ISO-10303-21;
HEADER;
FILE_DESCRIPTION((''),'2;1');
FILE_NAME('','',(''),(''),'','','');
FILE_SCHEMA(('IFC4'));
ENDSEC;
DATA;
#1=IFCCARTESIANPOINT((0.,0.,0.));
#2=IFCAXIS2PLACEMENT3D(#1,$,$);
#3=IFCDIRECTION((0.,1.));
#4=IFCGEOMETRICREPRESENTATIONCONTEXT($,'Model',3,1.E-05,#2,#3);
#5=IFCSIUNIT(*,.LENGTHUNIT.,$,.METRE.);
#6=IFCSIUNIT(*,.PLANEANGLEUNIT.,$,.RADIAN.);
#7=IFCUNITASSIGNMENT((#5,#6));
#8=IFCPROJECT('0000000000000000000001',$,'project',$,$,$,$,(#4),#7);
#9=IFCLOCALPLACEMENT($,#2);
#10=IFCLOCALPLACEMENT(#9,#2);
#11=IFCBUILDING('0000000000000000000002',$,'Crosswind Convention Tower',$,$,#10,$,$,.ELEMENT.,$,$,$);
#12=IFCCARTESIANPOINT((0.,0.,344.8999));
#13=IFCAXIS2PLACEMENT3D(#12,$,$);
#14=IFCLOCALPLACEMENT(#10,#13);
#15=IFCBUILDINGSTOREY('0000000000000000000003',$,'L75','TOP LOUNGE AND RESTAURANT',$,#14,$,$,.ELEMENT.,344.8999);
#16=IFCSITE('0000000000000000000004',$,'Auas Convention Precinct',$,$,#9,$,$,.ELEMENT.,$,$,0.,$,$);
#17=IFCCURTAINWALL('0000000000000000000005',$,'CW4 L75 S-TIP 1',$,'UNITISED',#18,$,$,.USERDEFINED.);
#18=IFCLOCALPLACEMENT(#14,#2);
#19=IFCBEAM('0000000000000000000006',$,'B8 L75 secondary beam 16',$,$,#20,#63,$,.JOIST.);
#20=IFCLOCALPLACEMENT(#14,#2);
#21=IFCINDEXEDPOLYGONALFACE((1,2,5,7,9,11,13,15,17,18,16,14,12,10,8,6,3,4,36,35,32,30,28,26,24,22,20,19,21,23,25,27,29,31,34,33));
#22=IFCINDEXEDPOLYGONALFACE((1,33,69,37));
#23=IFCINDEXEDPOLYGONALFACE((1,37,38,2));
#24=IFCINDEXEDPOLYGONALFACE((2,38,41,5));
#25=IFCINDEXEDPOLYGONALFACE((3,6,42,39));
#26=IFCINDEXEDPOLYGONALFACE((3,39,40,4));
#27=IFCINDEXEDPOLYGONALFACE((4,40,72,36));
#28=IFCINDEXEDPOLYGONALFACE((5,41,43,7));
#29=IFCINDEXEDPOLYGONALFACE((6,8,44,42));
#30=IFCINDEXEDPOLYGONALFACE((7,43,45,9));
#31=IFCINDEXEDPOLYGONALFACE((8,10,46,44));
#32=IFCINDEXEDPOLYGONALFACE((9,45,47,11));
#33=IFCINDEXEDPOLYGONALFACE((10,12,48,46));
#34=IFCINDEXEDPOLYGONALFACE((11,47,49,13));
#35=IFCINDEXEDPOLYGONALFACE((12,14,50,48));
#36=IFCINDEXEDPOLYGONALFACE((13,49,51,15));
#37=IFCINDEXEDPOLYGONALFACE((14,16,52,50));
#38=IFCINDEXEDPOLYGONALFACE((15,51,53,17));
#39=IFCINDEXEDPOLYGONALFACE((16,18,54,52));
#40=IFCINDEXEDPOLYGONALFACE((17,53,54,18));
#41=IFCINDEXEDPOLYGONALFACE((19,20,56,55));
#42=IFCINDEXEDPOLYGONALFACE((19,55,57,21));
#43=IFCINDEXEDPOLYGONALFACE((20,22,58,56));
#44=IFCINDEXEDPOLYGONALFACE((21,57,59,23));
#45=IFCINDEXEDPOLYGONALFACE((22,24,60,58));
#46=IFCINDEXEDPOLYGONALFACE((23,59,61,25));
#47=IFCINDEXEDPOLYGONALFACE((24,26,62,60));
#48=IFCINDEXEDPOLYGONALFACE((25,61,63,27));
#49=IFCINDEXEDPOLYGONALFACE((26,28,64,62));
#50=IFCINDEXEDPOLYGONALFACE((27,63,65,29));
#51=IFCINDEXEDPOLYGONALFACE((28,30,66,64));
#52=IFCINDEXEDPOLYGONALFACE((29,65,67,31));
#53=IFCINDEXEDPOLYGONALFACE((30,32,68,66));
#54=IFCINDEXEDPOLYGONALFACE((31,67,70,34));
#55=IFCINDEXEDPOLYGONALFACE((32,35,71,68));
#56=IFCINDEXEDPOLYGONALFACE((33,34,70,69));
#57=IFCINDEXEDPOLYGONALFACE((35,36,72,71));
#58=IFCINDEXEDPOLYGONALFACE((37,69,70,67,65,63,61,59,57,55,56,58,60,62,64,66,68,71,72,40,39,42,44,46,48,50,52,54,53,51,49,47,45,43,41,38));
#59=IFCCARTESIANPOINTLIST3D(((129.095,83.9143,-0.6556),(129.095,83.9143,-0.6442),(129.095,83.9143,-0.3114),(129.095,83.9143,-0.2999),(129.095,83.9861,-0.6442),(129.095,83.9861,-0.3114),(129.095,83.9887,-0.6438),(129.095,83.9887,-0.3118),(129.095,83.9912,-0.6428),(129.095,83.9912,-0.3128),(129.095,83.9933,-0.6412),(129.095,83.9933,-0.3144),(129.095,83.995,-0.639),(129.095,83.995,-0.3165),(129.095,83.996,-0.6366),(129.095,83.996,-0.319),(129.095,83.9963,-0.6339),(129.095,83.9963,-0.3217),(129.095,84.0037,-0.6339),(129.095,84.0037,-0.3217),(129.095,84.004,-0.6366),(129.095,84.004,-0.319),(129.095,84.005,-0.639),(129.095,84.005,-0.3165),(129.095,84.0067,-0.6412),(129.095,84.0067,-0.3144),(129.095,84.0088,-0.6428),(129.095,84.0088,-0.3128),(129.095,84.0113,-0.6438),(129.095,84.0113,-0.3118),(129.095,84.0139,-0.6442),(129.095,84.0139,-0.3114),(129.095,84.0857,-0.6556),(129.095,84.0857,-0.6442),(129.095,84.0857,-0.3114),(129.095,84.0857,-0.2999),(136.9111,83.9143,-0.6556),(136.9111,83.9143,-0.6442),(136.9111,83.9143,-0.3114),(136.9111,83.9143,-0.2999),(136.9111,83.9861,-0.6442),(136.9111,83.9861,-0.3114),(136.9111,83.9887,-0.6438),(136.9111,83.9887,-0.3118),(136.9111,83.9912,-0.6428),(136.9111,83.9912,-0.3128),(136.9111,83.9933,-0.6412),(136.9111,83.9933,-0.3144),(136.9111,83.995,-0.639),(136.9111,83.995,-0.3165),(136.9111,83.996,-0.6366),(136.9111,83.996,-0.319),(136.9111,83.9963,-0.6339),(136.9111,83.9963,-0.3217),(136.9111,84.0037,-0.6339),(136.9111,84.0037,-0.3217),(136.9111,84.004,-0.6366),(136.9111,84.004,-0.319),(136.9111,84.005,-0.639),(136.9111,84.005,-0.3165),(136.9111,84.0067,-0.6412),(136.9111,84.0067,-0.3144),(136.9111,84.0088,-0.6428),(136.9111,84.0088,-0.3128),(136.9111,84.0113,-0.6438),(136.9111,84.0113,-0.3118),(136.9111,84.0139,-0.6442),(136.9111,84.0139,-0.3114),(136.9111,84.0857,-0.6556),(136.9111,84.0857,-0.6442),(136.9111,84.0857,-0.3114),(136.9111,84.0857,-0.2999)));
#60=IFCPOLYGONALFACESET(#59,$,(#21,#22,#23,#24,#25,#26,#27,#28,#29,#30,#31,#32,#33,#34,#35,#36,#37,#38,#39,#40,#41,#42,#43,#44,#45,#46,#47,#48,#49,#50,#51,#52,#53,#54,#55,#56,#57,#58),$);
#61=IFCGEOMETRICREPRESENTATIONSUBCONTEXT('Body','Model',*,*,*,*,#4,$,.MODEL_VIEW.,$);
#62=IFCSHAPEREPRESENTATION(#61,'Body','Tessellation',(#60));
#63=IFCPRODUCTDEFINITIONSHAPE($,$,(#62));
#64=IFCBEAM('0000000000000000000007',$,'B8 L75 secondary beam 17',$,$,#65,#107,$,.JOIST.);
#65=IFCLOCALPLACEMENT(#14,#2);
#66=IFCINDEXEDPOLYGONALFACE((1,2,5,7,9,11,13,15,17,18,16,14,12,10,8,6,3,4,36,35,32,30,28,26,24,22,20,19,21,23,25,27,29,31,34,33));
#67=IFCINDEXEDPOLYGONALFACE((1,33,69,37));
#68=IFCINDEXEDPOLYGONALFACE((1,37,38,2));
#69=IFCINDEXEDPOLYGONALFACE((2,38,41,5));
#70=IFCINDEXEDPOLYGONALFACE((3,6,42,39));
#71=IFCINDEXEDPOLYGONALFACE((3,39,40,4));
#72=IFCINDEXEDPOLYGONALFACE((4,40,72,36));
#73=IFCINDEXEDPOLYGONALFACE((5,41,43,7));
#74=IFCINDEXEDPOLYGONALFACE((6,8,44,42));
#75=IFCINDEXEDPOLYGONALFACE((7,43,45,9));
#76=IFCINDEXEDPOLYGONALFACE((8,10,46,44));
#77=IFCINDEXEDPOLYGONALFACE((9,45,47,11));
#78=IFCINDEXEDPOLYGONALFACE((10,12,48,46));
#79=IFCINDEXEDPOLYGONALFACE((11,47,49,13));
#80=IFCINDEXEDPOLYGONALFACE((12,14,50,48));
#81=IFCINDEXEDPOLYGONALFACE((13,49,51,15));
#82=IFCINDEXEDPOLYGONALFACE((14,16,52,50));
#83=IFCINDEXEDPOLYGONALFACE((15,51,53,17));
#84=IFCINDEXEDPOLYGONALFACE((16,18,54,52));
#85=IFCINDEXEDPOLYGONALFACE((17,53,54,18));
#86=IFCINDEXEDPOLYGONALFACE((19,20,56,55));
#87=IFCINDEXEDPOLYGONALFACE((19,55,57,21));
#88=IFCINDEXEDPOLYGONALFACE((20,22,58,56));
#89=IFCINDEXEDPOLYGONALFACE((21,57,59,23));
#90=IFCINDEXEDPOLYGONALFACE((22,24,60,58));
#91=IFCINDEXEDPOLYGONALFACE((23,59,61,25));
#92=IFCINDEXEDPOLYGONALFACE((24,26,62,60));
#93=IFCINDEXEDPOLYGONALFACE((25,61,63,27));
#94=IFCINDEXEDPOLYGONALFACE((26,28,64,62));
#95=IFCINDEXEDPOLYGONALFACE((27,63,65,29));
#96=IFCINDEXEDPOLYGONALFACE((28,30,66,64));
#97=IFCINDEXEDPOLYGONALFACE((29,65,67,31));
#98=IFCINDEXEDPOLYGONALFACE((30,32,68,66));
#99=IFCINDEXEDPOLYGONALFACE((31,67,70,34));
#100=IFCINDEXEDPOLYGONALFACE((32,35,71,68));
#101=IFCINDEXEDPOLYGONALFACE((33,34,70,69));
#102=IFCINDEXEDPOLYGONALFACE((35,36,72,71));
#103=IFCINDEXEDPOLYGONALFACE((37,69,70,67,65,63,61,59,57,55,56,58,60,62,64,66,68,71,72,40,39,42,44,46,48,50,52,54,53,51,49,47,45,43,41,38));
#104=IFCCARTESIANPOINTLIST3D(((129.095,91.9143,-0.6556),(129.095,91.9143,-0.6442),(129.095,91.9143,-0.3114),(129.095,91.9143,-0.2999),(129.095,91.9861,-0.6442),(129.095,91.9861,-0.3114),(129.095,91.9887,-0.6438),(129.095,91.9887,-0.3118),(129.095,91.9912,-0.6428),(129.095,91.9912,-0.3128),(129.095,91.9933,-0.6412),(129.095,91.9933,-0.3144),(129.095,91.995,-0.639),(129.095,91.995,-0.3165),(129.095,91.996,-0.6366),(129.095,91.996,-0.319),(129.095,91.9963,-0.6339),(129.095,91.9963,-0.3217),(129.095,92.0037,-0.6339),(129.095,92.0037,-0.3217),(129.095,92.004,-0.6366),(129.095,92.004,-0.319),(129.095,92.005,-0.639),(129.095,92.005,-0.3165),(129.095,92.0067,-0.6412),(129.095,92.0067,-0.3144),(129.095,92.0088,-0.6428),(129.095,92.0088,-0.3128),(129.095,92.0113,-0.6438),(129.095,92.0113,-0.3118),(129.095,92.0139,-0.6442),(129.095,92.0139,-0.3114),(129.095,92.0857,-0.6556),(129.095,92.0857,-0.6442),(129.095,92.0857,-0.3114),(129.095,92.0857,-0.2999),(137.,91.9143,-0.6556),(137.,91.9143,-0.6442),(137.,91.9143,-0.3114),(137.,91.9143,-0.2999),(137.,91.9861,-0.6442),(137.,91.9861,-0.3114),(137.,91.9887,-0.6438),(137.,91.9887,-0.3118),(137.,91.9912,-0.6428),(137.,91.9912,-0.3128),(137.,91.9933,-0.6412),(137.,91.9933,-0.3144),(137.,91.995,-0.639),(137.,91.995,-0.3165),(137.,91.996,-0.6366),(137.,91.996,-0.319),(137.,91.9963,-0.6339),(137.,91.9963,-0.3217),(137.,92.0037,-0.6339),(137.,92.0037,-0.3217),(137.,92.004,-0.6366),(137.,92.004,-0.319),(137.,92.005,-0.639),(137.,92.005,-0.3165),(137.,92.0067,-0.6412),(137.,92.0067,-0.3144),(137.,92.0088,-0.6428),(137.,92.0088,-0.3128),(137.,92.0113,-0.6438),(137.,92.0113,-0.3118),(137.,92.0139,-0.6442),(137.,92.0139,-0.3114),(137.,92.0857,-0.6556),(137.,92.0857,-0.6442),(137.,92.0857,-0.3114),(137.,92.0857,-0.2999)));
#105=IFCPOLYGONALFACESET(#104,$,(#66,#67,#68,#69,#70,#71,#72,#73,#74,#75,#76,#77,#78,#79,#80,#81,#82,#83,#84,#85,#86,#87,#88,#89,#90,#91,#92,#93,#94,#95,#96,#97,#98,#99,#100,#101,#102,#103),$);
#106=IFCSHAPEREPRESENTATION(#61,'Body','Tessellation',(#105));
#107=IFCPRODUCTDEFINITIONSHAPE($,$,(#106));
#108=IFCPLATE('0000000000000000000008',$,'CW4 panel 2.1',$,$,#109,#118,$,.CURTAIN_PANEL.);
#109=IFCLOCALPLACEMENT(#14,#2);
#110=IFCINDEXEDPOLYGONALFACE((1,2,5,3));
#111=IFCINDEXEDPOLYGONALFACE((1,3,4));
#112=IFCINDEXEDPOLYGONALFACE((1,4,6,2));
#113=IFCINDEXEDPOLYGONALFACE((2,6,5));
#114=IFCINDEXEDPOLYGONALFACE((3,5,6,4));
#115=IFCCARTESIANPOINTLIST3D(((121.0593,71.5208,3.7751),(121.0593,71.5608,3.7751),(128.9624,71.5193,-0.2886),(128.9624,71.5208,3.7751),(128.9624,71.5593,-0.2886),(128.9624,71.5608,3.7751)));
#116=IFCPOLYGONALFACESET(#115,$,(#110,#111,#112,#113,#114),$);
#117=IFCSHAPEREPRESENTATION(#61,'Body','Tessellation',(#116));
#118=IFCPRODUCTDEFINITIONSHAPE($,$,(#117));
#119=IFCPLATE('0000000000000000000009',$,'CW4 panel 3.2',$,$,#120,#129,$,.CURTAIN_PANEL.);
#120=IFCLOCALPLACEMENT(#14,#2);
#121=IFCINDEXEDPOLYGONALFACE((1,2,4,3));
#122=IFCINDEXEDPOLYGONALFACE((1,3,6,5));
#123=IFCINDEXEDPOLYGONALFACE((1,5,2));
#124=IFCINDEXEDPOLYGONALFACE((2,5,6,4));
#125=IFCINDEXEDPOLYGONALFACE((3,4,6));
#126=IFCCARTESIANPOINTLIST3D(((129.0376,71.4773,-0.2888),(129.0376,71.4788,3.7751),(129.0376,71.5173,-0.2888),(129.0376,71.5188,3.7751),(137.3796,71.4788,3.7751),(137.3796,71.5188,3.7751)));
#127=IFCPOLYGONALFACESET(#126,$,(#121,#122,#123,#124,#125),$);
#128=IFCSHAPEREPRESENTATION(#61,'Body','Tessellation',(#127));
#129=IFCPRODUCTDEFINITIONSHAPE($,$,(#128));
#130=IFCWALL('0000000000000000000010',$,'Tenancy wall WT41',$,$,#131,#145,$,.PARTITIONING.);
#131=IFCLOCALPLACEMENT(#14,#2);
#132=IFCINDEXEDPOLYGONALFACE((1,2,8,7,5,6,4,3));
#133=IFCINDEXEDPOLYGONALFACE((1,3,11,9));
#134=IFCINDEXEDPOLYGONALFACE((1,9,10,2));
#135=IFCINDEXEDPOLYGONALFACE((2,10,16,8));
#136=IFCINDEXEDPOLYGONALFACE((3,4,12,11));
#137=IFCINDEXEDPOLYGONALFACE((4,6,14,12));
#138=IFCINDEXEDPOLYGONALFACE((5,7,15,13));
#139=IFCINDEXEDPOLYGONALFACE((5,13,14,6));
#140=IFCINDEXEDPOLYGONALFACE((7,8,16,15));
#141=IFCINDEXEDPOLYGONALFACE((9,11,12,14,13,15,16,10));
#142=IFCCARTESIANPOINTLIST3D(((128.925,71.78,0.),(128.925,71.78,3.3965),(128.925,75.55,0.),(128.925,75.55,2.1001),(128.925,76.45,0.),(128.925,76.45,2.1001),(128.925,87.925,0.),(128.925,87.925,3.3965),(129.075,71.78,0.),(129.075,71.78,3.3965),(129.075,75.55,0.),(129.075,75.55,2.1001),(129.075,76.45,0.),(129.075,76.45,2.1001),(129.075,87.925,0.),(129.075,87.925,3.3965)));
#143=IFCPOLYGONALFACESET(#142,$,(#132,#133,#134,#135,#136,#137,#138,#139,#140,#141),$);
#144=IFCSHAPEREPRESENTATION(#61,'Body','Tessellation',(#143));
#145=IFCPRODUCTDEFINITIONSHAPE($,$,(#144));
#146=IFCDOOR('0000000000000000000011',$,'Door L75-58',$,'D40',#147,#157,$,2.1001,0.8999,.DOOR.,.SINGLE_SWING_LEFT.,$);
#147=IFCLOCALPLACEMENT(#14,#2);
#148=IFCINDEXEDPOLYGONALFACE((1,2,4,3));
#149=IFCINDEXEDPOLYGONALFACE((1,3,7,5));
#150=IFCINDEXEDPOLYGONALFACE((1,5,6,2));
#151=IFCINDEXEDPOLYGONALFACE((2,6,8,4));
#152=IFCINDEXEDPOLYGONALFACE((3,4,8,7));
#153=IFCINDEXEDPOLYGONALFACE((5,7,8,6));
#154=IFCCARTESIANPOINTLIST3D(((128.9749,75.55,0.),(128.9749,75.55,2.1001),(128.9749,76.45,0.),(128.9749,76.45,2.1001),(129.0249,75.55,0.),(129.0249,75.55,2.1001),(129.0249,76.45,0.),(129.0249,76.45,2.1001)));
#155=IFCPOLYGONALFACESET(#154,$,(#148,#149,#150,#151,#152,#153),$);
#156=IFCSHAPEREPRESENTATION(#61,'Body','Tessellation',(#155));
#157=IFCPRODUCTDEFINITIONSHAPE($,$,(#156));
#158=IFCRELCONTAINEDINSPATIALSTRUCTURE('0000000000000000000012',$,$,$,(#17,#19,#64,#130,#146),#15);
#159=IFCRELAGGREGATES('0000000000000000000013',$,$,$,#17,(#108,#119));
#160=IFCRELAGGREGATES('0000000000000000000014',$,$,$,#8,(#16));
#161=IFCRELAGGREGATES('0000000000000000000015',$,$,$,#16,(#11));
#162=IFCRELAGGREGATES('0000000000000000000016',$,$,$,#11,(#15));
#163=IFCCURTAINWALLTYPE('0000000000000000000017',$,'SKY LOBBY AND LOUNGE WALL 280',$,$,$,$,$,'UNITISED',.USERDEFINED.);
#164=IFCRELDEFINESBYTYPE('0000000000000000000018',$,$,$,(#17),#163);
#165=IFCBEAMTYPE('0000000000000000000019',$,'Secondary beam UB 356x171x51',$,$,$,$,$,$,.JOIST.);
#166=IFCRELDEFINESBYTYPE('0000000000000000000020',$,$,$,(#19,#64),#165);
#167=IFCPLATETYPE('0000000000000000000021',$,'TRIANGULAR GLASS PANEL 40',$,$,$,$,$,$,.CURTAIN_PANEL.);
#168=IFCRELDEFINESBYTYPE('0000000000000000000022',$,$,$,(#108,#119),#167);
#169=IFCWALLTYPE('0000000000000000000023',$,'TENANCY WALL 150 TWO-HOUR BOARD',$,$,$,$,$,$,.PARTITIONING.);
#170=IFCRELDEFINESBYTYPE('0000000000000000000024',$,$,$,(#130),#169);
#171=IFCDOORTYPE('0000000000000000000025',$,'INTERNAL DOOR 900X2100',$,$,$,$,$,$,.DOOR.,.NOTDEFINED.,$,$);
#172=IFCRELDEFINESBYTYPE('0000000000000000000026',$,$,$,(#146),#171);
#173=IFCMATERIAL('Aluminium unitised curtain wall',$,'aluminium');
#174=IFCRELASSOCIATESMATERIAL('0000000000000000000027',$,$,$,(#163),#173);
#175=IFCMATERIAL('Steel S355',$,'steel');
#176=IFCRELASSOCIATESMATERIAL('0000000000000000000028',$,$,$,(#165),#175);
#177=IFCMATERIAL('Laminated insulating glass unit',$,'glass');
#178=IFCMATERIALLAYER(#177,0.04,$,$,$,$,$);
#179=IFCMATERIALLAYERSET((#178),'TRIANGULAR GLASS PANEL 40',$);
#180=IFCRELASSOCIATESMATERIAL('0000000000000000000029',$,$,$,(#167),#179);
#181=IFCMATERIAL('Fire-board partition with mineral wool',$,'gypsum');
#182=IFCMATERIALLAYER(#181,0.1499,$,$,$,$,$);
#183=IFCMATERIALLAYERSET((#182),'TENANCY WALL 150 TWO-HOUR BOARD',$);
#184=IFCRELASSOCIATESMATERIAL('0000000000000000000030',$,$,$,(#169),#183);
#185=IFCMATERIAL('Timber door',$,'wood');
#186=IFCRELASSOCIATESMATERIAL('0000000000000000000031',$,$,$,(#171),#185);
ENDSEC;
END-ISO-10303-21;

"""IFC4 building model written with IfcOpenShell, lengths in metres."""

from ifc_helpers import new_model, si_unit, direction, frame, frame_2d, origin, origin_2d, place, context, subcontext, project, spatial, polyline, rectangle, i_section, outline, extrude, material, layer, layer_set, material_profile, profile_set, type_object, element, fill, aggregate, save


model = new_model("IFC4")

# Units and contexts
model_context = context("Model", 3, precision=1e-05, world=origin(), true_north=direction((0.0, 1.0)))
body_context = subcontext(model_context, "Body", "Model", "MODEL_VIEW")
ifc_project = project(units=[si_unit("LENGTHUNIT", "METRE"), si_unit("PLANEANGLEUNIT", "RADIAN")], contexts=[model_context])

# Site, building, storey
site_placement = place(None, origin())
site = spatial("IfcSite", under=ifc_project, at=site_placement, Name="Auas Convention Precinct", CompositionType="ELEMENT", RefElevation=0.0)
building_placement = place(site_placement, origin())
building = spatial("IfcBuilding", under=site, at=building_placement, Name="Crosswind Convention Tower", CompositionType="ELEMENT")
storey_placement = place(building_placement, frame((0.0, 0.0, 344.8999)))
storey = spatial("IfcBuildingStorey", under=building, at=storey_placement, Name="L75", Description="TOP LOUNGE AND RESTAURANT", CompositionType="ELEMENT", Elevation=344.8999)

# Shared definitions
ifc_material_1 = material(Name="Steel S355", Category="steel")

# Curtain wall
ifc_material_2 = material(Name="Aluminium unitised curtain wall", Category="aluminium")
curtain_wall_type = type_object("IfcCurtainWallType", Name="SKY LOBBY AND LOUNGE WALL 280", ElementType="UNITISED", PredefinedType="USERDEFINED", material=ifc_material_2)
curtain_wall_placement = place(storey_placement, origin())
curtain_wall = element("IfcCurtainWall", 1, at=curtain_wall_placement, inside=storey, type_object=curtain_wall_type, Name="CW4 L75 S-TIP 1", ObjectType="UNITISED", PredefinedType="USERDEFINED")

# Beams
ifc_material_profile_1 = material_profile(ifc_material_1, i_section(OverallWidth=0.1714, OverallDepth=0.3557, WebThickness=0.0073, FlangeThickness=0.0115, FilletRadius=0.0103, at=origin_2d()), Name="UB 356x171x51")
ifc_profile_set_1 = profile_set([ifc_material_profile_1], Name="Steel S355")
beam_type_1 = type_object("IfcBeamType", Name="Secondary beam UB 356x171x51", PredefinedType="JOIST", material=ifc_profile_set_1)
for number, where, z_axis, x_axis, name in (
    (2, (129.095, 84.0, -0.4778), (1.0, 0.0, 0.0), (0.0, 1.0, 0.0), "B8 L75 secondary beam 16"),
):
    element("IfcBeam", number, at=place(storey_placement, frame(where, z_axis=z_axis, x_axis=x_axis)), inside=storey, type_object=beam_type_1, Name=name, PredefinedType="JOIST", context=body_context, shape_type="SweptSolid", body=[
        extrude(i_section(OverallWidth=0.1714, OverallDepth=0.3557, WebThickness=0.0073, FlangeThickness=0.0115, FilletRadius=0.0103, at=origin_2d()), origin(), (0.0, 0.0, 1.0), 7.8162),
    ])
beam_1_placement = place(storey_placement, frame((129.095, 92.0, -0.4778), z_axis=(1.0, 0.0, 0.0), x_axis=(0.0, 1.0, 0.0)))
element("IfcBeam", 3, at=beam_1_placement, inside=storey, type_object=beam_type_1, Name="B8 L75 secondary beam 17", PredefinedType="JOIST", context=body_context, shape_type="SweptSolid", body=[
    extrude(i_section(OverallWidth=0.1714, OverallDepth=0.3557, WebThickness=0.0073, FlangeThickness=0.0115, FilletRadius=0.0103, at=origin_2d()), origin(), (0.0, 0.0, 1.0), 7.905),
])

# Plates
ifc_material_3 = material(Name="Laminated insulating glass unit", Category="glass")
ifc_layer_1 = layer(ifc_material_3, 0.04)
ifc_layer_set_1 = layer_set([ifc_layer_1], Name="TRIANGULAR GLASS PANEL 40")
plate_type = type_object("IfcPlateType", Name="TRIANGULAR GLASS PANEL 40", PredefinedType="CURTAIN_PANEL", material=ifc_layer_set_1)
plate_1_placement = place(storey_placement, frame((128.9624, 71.5208, 3.7751), z_axis=(0.0, -1.0, 0.00036), x_axis=(-1.0, 0.0, 0.0)))
plate_1 = element("IfcPlate", 4, at=plate_1_placement, type_object=plate_type, Name="CW4 panel 2.1", PredefinedType="CURTAIN_PANEL", context=body_context, shape_type="SweptSolid", body=[
    extrude(outline(polyline([(0.0, 0.0), (7.9031, 0.0), (0.0, 4.0637), (0.0, 0.0)])), origin(), (0.0, 0.0, -1.0), 0.04),
])
plate_2_placement = place(storey_placement, frame((129.0376, 71.4788, 3.7751), z_axis=(0.0, -1.0, 0.00036), x_axis=(0.0, -0.00036, -1.0)))
plate_2 = element("IfcPlate", 5, at=plate_2_placement, type_object=plate_type, Name="CW4 panel 3.2", PredefinedType="CURTAIN_PANEL", context=body_context, shape_type="SweptSolid", body=[
    extrude(outline(polyline([(0.0, 0.0), (4.064, 0.0), (0.0, 8.342), (0.0, 0.0)])), origin(), (0.0, 0.0, -1.0), 0.04),
])
aggregate(curtain_wall, [plate_1, plate_2])

# Wall, opening, door
ifc_material_4 = material(Name="Fire-board partition with mineral wool", Category="gypsum")
ifc_layer_2 = layer(ifc_material_4, 0.1499)
ifc_layer_set_2 = layer_set([ifc_layer_2], Name="TENANCY WALL 150 TWO-HOUR BOARD")
wall_type = type_object("IfcWallType", Name="TENANCY WALL 150 TWO-HOUR BOARD", PredefinedType="PARTITIONING", material=ifc_layer_set_2)
wall_1_placement = place(storey_placement, frame((129.0, 71.78, 0.0), z_axis=(0.0, 0.0, 1.0), x_axis=(0.0, 1.0, 0.0)))
wall_1 = element("IfcWall", 6, at=wall_1_placement, inside=storey, type_object=wall_type, Name="Tenancy wall WT41", PredefinedType="PARTITIONING", context=body_context, shape_type="SweptSolid", body=[
    extrude(rectangle(XDim=16.145, YDim=0.1499, at=frame_2d((8.0725, 0.0))), origin(), (0.0, 0.0, 1.0), 3.3965),
])
opening_1_placement = place(wall_1_placement, frame((3.77, 0.0, 0.0)))
opening_1 = element("IfcOpeningElement", 7, at=opening_1_placement, cuts=wall_1, PredefinedType="OPENING", context=body_context, shape_type="SweptSolid", body=[
    extrude(rectangle(XDim=0.8999, YDim=2.1001, at=frame_2d((0.45, 1.05))), frame((0.0, 0.085, 0.0), z_axis=(0.0, -1.0, 0.0), x_axis=(1.0, 0.0, 0.0)), (0.0, 0.0, 1.0), 0.1699),
])
ifc_material_5 = material(Name="Timber door", Category="wood")
door_type_1 = type_object("IfcDoorType", Name="INTERNAL DOOR 900X2100", OperationType="NOTDEFINED", PredefinedType="DOOR", material=ifc_material_5)
door_1_placement = place(opening_1_placement, frame((0.8999, 0.0, 0.0), z_axis=(0.0, 0.0, 1.0), x_axis=(-1.0, 0.0, 0.0)))
door_1 = element("IfcDoor", 8, at=door_1_placement, inside=storey, type_object=door_type_1, Name="Door L75-58", ObjectType="D40", OperationType="SINGLE_SWING_LEFT", OverallHeight=2.1001, OverallWidth=0.8999, PredefinedType="DOOR", context=body_context, shape_type="SweptSolid", body=[
    extrude(rectangle(XDim=0.8999, YDim=2.1001, at=frame_2d((0.45, 1.05))), frame((0.0, 0.0249, 0.0), z_axis=(0.0, -1.0, 0.0), x_axis=(1.0, 0.0, 0.0)), (0.0, 0.0, 1.0), 0.05),
])
fill(opening_1, door_1)

save(model, "model.ifc")
